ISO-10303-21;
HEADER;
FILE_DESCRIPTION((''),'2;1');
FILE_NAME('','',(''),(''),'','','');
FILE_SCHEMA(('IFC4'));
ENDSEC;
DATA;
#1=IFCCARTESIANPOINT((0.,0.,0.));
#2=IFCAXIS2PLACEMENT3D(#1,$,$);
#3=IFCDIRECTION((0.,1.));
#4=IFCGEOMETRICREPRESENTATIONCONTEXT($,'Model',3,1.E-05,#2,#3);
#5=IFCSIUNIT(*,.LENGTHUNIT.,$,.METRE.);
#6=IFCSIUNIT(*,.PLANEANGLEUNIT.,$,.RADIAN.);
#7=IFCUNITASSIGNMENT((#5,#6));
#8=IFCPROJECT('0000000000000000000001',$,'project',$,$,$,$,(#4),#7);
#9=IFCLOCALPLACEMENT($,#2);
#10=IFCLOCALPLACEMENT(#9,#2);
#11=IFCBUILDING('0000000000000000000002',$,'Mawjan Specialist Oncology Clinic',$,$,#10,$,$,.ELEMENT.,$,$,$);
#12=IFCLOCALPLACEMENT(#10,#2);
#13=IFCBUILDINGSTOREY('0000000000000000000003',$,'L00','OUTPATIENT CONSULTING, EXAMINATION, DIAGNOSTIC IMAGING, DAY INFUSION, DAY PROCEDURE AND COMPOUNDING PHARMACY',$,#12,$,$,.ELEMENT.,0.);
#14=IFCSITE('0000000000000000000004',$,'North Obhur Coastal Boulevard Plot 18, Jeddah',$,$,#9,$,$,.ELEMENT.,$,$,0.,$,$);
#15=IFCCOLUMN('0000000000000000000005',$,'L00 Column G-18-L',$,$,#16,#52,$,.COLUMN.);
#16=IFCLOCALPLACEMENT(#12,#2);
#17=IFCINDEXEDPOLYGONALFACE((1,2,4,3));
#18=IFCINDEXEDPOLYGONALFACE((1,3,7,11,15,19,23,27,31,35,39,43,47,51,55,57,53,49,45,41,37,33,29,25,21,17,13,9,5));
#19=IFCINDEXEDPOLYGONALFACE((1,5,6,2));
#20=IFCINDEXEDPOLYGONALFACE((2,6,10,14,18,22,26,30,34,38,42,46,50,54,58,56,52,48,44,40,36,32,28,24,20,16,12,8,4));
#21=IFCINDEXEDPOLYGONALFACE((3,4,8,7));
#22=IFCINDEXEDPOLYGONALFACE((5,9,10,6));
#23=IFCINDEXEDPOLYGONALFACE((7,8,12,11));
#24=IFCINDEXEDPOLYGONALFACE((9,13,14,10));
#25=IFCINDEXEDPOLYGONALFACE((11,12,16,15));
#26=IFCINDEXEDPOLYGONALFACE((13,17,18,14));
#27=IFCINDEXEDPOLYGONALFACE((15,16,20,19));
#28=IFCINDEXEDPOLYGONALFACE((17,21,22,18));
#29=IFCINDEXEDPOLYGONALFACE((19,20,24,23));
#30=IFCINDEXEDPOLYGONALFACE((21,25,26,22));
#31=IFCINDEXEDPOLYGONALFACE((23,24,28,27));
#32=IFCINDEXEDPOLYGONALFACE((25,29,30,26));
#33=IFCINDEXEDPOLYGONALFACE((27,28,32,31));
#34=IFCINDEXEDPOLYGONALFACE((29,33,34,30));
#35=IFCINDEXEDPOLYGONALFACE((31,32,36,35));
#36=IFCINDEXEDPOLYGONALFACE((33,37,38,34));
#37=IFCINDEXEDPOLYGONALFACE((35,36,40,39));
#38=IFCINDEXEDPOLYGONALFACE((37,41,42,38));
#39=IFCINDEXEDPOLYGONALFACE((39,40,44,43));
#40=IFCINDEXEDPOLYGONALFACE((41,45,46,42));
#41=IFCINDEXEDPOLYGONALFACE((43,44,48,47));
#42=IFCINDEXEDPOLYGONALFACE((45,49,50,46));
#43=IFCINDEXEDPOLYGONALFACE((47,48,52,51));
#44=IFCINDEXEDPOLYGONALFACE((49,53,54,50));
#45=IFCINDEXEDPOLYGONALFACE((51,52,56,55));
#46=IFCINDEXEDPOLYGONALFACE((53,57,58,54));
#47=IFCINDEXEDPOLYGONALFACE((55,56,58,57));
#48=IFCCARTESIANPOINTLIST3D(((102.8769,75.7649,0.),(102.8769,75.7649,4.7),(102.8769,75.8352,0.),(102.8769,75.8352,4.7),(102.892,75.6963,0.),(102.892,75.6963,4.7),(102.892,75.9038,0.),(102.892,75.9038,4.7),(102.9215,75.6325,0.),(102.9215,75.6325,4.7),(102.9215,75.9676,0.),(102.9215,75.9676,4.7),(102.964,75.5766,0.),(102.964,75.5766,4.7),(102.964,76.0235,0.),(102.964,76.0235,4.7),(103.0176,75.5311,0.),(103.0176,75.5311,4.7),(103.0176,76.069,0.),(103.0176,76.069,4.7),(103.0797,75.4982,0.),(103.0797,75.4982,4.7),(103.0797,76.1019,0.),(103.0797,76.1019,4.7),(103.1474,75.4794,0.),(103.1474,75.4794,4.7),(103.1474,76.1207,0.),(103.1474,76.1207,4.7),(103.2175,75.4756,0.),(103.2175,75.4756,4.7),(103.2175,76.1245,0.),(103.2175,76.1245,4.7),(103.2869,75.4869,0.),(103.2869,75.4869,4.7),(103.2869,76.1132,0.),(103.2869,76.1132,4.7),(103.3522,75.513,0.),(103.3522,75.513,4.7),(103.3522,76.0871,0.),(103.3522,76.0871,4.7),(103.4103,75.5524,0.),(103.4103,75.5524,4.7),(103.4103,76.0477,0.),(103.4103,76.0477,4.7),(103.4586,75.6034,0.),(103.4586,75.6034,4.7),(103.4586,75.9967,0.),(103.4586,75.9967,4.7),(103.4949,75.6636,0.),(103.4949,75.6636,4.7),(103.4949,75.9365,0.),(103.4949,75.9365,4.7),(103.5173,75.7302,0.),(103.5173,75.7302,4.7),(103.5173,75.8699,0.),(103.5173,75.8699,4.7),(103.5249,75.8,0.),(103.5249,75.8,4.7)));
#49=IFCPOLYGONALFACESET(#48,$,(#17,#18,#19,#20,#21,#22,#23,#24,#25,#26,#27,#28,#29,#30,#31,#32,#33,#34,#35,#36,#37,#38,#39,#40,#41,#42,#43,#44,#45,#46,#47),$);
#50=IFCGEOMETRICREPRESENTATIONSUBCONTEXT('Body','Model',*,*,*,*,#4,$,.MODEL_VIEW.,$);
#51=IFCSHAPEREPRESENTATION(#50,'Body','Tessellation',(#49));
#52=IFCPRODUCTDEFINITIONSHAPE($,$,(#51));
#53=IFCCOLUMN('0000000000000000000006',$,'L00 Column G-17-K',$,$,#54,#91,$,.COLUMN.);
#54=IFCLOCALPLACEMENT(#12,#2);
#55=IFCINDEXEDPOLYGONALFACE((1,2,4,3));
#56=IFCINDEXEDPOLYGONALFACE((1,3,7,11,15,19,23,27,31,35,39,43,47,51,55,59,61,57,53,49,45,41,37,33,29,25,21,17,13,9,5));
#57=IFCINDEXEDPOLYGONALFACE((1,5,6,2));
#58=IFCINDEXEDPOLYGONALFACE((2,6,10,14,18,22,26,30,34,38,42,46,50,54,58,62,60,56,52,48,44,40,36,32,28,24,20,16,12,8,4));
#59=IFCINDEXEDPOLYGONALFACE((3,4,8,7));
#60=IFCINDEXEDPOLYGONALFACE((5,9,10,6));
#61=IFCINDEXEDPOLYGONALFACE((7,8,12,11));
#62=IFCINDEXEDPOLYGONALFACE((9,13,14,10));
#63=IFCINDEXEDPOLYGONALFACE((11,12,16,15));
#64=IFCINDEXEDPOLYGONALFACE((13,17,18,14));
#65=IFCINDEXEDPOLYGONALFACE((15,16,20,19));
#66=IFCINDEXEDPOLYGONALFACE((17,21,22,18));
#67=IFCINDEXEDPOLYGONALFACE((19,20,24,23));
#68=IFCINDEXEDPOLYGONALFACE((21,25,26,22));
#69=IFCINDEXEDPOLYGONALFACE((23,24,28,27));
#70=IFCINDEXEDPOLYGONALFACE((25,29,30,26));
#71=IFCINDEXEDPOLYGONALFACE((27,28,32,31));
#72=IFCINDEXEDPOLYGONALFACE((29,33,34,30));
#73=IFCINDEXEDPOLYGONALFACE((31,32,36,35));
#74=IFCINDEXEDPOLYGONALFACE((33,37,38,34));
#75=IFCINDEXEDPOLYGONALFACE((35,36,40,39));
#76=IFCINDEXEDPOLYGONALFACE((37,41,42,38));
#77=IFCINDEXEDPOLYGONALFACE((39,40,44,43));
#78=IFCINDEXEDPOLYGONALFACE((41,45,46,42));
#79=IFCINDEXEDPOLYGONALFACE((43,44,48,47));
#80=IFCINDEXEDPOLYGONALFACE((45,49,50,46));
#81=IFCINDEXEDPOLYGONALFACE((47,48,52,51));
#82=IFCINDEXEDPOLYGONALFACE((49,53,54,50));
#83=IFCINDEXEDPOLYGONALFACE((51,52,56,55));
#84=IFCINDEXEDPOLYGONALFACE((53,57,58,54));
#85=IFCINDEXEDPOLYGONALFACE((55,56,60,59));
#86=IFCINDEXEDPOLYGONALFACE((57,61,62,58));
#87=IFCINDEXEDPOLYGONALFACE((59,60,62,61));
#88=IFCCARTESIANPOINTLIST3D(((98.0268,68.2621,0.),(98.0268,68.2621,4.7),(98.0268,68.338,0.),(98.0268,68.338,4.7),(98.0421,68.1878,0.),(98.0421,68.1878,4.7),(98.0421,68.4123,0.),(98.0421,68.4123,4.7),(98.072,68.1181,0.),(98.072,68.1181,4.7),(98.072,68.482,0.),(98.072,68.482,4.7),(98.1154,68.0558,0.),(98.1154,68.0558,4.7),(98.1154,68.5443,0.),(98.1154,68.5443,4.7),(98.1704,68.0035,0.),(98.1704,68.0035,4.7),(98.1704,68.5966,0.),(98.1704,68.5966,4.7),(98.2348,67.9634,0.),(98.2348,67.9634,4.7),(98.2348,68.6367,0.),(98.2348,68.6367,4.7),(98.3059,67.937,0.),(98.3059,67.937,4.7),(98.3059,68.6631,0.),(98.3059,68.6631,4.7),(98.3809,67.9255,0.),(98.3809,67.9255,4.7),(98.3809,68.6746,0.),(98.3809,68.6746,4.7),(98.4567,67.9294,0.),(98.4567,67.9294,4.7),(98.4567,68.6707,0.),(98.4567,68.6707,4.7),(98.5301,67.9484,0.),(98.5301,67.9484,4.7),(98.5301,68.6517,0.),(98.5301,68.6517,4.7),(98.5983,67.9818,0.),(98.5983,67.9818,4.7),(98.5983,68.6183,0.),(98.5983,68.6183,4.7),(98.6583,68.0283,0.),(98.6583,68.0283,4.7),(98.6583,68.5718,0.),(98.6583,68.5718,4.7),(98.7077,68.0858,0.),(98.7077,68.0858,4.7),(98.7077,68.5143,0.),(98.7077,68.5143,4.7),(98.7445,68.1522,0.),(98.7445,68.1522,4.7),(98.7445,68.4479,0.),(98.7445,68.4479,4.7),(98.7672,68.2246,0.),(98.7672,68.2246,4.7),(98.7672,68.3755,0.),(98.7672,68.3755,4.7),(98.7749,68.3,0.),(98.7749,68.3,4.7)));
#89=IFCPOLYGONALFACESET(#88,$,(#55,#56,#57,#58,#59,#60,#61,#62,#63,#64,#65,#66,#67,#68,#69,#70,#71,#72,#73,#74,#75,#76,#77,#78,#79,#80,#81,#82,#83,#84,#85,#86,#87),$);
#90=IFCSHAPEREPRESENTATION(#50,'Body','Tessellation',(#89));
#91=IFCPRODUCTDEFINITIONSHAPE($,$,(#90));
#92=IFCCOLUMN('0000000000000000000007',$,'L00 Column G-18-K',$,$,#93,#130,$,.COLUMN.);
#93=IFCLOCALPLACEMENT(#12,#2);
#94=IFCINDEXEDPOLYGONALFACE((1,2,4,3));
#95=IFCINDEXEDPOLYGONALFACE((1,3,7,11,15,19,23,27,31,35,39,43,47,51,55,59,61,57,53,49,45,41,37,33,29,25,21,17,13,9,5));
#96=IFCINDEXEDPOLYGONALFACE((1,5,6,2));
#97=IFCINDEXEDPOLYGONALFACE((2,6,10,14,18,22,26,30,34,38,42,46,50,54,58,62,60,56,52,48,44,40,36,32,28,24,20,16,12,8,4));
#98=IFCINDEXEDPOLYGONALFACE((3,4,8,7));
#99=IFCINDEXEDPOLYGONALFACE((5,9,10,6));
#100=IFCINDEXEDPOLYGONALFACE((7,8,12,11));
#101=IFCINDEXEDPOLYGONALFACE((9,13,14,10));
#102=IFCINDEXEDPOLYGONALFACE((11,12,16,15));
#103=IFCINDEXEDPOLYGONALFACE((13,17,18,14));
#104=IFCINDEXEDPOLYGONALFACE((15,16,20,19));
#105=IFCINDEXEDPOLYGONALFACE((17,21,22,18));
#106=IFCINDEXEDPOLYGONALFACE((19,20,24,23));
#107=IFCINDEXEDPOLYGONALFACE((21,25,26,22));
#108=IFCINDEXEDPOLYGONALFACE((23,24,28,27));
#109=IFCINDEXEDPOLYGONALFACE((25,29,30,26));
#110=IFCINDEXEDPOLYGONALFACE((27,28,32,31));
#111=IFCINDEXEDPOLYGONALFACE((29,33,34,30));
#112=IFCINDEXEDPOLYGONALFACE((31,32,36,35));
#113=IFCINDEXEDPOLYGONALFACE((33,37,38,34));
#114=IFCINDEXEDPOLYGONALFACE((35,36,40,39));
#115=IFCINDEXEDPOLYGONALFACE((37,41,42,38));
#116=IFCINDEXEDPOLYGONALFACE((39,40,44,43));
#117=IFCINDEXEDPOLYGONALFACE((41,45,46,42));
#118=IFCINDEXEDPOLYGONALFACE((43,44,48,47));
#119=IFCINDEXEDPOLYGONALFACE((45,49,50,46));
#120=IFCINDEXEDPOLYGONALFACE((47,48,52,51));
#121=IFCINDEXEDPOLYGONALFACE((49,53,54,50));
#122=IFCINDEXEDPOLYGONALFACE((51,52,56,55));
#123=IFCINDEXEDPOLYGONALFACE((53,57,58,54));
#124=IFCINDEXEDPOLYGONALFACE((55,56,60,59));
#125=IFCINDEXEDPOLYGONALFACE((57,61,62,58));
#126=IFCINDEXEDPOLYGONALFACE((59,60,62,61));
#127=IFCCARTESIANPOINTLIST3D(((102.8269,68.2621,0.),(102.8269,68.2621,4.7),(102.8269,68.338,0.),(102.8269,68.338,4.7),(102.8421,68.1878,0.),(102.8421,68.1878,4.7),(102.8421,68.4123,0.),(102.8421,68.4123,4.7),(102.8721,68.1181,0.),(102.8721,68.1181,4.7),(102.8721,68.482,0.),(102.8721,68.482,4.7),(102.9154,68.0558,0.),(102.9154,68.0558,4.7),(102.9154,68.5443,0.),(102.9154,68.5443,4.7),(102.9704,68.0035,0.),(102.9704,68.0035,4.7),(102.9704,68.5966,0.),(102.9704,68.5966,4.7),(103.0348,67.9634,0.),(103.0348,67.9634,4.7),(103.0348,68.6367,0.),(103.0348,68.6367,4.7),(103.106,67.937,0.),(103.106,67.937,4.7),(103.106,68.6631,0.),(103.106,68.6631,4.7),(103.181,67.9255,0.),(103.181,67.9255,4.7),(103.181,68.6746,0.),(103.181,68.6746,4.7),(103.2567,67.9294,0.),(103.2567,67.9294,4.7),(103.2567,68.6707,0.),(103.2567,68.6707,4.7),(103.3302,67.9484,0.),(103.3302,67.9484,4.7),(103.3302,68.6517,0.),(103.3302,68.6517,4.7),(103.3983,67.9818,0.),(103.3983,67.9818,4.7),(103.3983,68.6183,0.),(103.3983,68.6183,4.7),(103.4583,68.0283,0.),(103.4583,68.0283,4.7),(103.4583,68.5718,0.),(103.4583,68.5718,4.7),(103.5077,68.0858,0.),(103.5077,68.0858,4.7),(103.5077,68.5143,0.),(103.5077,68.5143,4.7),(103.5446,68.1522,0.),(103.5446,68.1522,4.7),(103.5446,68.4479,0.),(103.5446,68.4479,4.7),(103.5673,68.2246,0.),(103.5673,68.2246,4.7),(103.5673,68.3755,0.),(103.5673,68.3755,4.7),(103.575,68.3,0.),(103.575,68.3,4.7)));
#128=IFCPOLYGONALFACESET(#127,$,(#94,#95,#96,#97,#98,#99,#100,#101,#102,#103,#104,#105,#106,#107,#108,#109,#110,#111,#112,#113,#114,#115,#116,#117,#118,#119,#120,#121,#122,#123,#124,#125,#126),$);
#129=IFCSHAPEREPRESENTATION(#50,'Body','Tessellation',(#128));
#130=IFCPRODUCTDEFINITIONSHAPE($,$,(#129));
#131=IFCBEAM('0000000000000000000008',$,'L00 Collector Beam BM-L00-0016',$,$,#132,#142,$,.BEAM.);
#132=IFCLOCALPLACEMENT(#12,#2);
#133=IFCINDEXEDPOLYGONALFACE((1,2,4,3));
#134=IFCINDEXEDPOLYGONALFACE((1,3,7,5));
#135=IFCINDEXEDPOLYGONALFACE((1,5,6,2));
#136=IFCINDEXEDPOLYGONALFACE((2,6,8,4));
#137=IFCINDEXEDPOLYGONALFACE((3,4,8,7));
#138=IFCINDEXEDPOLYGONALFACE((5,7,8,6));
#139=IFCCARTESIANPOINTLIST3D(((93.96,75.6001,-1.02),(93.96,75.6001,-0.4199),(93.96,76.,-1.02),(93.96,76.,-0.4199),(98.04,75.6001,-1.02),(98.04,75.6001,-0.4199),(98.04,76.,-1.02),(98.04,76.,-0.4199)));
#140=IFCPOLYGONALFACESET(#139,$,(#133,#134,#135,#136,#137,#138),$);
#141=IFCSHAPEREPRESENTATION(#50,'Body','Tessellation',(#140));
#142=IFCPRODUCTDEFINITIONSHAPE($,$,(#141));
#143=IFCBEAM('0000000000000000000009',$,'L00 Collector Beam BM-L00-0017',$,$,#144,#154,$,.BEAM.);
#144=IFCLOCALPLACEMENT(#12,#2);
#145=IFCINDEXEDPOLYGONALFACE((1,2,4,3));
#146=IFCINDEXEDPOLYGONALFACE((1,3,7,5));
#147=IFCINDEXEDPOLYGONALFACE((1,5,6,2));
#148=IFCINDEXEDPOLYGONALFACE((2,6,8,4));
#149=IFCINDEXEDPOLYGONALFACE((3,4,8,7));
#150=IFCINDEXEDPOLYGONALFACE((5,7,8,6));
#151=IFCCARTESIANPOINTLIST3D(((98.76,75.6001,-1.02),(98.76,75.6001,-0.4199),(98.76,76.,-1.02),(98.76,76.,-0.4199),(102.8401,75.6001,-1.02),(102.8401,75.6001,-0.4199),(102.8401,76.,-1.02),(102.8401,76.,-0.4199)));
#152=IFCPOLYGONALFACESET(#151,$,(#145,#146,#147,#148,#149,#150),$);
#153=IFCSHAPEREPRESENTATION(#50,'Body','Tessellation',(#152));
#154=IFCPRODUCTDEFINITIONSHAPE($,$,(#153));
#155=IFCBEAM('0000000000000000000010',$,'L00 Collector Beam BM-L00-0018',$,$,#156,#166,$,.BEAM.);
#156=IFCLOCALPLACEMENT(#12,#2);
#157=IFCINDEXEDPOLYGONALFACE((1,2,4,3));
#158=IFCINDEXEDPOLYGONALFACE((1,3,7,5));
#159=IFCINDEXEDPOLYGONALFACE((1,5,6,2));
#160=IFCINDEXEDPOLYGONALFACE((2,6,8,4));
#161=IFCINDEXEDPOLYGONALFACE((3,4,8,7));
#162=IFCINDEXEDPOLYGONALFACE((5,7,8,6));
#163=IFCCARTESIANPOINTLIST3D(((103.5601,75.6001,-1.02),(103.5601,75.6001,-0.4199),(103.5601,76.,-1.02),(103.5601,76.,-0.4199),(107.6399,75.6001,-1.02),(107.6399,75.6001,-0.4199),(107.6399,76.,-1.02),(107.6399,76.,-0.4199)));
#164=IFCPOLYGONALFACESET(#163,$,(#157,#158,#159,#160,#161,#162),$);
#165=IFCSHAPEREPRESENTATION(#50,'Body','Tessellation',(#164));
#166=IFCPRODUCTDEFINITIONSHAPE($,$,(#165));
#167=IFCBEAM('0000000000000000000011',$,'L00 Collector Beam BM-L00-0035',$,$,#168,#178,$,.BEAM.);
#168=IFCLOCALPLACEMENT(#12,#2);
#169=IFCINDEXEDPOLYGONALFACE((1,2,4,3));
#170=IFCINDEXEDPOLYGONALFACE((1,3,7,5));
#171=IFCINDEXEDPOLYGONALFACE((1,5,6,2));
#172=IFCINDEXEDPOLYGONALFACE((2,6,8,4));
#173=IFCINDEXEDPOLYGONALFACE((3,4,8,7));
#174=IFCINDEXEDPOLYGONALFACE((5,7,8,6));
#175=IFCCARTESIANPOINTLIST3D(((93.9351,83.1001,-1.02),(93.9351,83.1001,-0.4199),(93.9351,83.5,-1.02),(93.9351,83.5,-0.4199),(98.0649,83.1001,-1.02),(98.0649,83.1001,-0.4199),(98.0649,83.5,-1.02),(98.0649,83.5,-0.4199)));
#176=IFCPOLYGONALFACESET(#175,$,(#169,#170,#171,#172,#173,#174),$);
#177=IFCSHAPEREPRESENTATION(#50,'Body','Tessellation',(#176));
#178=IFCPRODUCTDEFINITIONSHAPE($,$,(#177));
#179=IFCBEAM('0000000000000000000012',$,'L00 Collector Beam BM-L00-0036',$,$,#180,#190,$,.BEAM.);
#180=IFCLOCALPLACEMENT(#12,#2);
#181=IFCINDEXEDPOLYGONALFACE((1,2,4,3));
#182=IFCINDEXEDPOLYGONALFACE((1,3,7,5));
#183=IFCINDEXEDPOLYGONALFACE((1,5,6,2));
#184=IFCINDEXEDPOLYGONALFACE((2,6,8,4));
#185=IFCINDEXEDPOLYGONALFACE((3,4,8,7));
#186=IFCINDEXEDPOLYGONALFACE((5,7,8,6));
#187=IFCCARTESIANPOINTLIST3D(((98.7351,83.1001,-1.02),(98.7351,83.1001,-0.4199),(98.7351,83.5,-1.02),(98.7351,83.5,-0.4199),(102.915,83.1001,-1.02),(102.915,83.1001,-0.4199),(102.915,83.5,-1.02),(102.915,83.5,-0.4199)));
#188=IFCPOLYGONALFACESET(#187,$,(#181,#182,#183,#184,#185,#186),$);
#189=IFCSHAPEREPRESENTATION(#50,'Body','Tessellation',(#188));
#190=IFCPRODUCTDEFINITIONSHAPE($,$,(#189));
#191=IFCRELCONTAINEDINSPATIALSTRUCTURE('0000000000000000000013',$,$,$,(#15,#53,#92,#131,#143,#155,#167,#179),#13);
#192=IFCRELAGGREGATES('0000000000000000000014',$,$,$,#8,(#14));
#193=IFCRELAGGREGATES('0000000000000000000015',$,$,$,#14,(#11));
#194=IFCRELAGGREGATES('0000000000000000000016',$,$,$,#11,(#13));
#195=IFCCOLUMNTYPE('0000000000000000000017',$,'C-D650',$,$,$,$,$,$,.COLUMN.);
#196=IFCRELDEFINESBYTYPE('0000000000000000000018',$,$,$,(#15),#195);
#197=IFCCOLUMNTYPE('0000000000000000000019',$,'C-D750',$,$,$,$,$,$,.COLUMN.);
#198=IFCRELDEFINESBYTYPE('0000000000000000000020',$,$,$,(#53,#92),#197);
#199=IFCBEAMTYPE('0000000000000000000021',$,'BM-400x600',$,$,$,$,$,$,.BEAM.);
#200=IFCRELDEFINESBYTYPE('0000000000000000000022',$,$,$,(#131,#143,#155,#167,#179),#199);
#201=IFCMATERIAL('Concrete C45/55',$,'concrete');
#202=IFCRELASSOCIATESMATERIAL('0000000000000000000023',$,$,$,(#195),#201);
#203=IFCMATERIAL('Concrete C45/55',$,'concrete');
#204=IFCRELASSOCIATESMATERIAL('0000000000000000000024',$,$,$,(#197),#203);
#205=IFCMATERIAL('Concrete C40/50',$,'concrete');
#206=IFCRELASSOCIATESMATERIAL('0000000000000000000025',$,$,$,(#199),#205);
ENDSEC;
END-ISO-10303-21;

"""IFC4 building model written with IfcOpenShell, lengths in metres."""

from ifc_helpers import new_model, si_unit, direction, frame, origin, origin_2d, place, context, subcontext, project, spatial, rectangle, circle, extrude, material, material_profile, profile_set, type_object, element, save


model = new_model("IFC4")

# Units and contexts
model_context = context("Model", 3, precision=1e-05, world=origin(), true_north=direction((0.0, 1.0)))
body_context = subcontext(model_context, "Body", "Model", "MODEL_VIEW")
ifc_project = project(units=[si_unit("LENGTHUNIT", "METRE"), si_unit("PLANEANGLEUNIT", "RADIAN")], contexts=[model_context])

# Site, building, storey
site_placement = place(None, origin())
site = spatial("IfcSite", under=ifc_project, at=site_placement, Name="North Obhur Coastal Boulevard Plot 18, Jeddah", CompositionType="ELEMENT", RefElevation=0.0)
building_placement = place(site_placement, origin())
building = spatial("IfcBuilding", under=site, at=building_placement, Name="Mawjan Specialist Oncology Clinic", CompositionType="ELEMENT")
storey_placement = place(building_placement, origin())
storey = spatial("IfcBuildingStorey", under=building, at=storey_placement, Name="L00", Description="OUTPATIENT CONSULTING, EXAMINATION, DIAGNOSTIC IMAGING, DAY INFUSION, DAY PROCEDURE AND COMPOUNDING PHARMACY", CompositionType="ELEMENT", Elevation=0.0)

# Columns
ifc_material_1 = material(Name="Concrete C45/55", Category="concrete")
ifc_material_profile_1 = material_profile(ifc_material_1, circle(Radius=0.325, at=origin_2d()), Name="RC COL D650", Category="concrete")
ifc_profile_set_1 = profile_set([ifc_material_profile_1], Name="Concrete C45/55")
column_type_1 = type_object("IfcColumnType", Name="C-D650", PredefinedType="COLUMN", material=ifc_profile_set_1)
for number, where, z_axis, x_axis, name in (
    (1, (103.2, 75.8, 0.0), (0.0, 0.0, 1.0), (1.0, 0.0, 0.0), "L00 Column G-18-L"),
):
    element("IfcColumn", number, at=place(storey_placement, frame(where, z_axis=z_axis, x_axis=x_axis)), inside=storey, type_object=column_type_1, Name=name, PredefinedType="COLUMN", context=body_context, shape_type="SweptSolid", body=[
        extrude(circle(Radius=0.325, at=origin_2d()), origin(), (0.0, 0.0, 1.0), 4.7),
    ])
ifc_material_2 = material(Name="Concrete C45/55", Category="concrete")
ifc_material_profile_2 = material_profile(ifc_material_2, circle(Radius=0.375, at=origin_2d()), Name="RC COL D750", Category="concrete")
ifc_profile_set_2 = profile_set([ifc_material_profile_2], Name="Concrete C45/55")
column_type_2 = type_object("IfcColumnType", Name="C-D750", PredefinedType="COLUMN", material=ifc_profile_set_2)
for number, where, z_axis, x_axis, name in (
    (2, (98.3999, 68.3, 0.0), (0.0, 0.0, 1.0), (1.0, 0.0, 0.0), "L00 Column G-17-K"),
    (3, (103.2, 68.3, 0.0), (0.0, 0.0, 1.0), (1.0, 0.0, 0.0), "L00 Column G-18-K"),
):
    element("IfcColumn", number, at=place(storey_placement, frame(where, z_axis=z_axis, x_axis=x_axis)), inside=storey, type_object=column_type_2, Name=name, PredefinedType="COLUMN", context=body_context, shape_type="SweptSolid", body=[
        extrude(circle(Radius=0.375, at=origin_2d()), origin(), (0.0, 0.0, 1.0), 4.7),
    ])

# Beams
ifc_material_3 = material(Name="Concrete C40/50", Category="concrete")
ifc_material_profile_3 = material_profile(ifc_material_3, rectangle(XDim=0.3999, YDim=0.6001, at=origin_2d()), Name="RC BM 400x600", Category="concrete")
ifc_profile_set_3 = profile_set([ifc_material_profile_3], Name="Concrete C40/50")
beam_type_1 = type_object("IfcBeamType", Name="BM-400x600", PredefinedType="BEAM", material=ifc_profile_set_3)
for number, where, z_axis, x_axis, name in (
    (4, (93.96, 75.8, -0.72), (1.0, 0.0, 0.0), (0.0, 1.0, 0.0), "L00 Collector Beam BM-L00-0016"),
    (5, (98.76, 75.8, -0.72), (1.0, 0.0, 0.0), (0.0, 1.0, 0.0), "L00 Collector Beam BM-L00-0017"),
):
    element("IfcBeam", number, at=place(storey_placement, frame(where, z_axis=z_axis, x_axis=x_axis)), inside=storey, type_object=beam_type_1, Name=name, PredefinedType="BEAM", context=body_context, shape_type="SweptSolid", body=[
        extrude(rectangle(XDim=0.3999, YDim=0.6001, at=origin_2d()), origin(), (0.0, 0.0, 1.0), 4.0801),
    ])
beam_1_placement = place(storey_placement, frame((103.5601, 75.8, -0.72), z_axis=(1.0, 0.0, 0.0), x_axis=(0.0, 1.0, 0.0)))
element("IfcBeam", 6, at=beam_1_placement, inside=storey, type_object=beam_type_1, Name="L00 Collector Beam BM-L00-0018", PredefinedType="BEAM", context=body_context, shape_type="SweptSolid", body=[
    extrude(rectangle(XDim=0.3999, YDim=0.6001, at=origin_2d()), origin(), (0.0, 0.0, 1.0), 4.0798),
])
beam_2_placement = place(storey_placement, frame((93.9351, 83.3, -0.72), z_axis=(1.0, 0.0, 0.0), x_axis=(0.0, 1.0, 0.0)))
element("IfcBeam", 7, at=beam_2_placement, inside=storey, type_object=beam_type_1, Name="L00 Collector Beam BM-L00-0035", PredefinedType="BEAM", context=body_context, shape_type="SweptSolid", body=[
    extrude(rectangle(XDim=0.3999, YDim=0.6001, at=origin_2d()), origin(), (0.0, 0.0, 1.0), 4.1299),
])
beam_3_placement = place(storey_placement, frame((98.7351, 83.3, -0.72), z_axis=(1.0, 0.0, 0.0), x_axis=(0.0, 1.0, 0.0)))
element("IfcBeam", 8, at=beam_3_placement, inside=storey, type_object=beam_type_1, Name="L00 Collector Beam BM-L00-0036", PredefinedType="BEAM", context=body_context, shape_type="SweptSolid", body=[
    extrude(rectangle(XDim=0.3999, YDim=0.6001, at=origin_2d()), origin(), (0.0, 0.0, 1.0), 4.1799),
])

save(model, "model.ifc")
